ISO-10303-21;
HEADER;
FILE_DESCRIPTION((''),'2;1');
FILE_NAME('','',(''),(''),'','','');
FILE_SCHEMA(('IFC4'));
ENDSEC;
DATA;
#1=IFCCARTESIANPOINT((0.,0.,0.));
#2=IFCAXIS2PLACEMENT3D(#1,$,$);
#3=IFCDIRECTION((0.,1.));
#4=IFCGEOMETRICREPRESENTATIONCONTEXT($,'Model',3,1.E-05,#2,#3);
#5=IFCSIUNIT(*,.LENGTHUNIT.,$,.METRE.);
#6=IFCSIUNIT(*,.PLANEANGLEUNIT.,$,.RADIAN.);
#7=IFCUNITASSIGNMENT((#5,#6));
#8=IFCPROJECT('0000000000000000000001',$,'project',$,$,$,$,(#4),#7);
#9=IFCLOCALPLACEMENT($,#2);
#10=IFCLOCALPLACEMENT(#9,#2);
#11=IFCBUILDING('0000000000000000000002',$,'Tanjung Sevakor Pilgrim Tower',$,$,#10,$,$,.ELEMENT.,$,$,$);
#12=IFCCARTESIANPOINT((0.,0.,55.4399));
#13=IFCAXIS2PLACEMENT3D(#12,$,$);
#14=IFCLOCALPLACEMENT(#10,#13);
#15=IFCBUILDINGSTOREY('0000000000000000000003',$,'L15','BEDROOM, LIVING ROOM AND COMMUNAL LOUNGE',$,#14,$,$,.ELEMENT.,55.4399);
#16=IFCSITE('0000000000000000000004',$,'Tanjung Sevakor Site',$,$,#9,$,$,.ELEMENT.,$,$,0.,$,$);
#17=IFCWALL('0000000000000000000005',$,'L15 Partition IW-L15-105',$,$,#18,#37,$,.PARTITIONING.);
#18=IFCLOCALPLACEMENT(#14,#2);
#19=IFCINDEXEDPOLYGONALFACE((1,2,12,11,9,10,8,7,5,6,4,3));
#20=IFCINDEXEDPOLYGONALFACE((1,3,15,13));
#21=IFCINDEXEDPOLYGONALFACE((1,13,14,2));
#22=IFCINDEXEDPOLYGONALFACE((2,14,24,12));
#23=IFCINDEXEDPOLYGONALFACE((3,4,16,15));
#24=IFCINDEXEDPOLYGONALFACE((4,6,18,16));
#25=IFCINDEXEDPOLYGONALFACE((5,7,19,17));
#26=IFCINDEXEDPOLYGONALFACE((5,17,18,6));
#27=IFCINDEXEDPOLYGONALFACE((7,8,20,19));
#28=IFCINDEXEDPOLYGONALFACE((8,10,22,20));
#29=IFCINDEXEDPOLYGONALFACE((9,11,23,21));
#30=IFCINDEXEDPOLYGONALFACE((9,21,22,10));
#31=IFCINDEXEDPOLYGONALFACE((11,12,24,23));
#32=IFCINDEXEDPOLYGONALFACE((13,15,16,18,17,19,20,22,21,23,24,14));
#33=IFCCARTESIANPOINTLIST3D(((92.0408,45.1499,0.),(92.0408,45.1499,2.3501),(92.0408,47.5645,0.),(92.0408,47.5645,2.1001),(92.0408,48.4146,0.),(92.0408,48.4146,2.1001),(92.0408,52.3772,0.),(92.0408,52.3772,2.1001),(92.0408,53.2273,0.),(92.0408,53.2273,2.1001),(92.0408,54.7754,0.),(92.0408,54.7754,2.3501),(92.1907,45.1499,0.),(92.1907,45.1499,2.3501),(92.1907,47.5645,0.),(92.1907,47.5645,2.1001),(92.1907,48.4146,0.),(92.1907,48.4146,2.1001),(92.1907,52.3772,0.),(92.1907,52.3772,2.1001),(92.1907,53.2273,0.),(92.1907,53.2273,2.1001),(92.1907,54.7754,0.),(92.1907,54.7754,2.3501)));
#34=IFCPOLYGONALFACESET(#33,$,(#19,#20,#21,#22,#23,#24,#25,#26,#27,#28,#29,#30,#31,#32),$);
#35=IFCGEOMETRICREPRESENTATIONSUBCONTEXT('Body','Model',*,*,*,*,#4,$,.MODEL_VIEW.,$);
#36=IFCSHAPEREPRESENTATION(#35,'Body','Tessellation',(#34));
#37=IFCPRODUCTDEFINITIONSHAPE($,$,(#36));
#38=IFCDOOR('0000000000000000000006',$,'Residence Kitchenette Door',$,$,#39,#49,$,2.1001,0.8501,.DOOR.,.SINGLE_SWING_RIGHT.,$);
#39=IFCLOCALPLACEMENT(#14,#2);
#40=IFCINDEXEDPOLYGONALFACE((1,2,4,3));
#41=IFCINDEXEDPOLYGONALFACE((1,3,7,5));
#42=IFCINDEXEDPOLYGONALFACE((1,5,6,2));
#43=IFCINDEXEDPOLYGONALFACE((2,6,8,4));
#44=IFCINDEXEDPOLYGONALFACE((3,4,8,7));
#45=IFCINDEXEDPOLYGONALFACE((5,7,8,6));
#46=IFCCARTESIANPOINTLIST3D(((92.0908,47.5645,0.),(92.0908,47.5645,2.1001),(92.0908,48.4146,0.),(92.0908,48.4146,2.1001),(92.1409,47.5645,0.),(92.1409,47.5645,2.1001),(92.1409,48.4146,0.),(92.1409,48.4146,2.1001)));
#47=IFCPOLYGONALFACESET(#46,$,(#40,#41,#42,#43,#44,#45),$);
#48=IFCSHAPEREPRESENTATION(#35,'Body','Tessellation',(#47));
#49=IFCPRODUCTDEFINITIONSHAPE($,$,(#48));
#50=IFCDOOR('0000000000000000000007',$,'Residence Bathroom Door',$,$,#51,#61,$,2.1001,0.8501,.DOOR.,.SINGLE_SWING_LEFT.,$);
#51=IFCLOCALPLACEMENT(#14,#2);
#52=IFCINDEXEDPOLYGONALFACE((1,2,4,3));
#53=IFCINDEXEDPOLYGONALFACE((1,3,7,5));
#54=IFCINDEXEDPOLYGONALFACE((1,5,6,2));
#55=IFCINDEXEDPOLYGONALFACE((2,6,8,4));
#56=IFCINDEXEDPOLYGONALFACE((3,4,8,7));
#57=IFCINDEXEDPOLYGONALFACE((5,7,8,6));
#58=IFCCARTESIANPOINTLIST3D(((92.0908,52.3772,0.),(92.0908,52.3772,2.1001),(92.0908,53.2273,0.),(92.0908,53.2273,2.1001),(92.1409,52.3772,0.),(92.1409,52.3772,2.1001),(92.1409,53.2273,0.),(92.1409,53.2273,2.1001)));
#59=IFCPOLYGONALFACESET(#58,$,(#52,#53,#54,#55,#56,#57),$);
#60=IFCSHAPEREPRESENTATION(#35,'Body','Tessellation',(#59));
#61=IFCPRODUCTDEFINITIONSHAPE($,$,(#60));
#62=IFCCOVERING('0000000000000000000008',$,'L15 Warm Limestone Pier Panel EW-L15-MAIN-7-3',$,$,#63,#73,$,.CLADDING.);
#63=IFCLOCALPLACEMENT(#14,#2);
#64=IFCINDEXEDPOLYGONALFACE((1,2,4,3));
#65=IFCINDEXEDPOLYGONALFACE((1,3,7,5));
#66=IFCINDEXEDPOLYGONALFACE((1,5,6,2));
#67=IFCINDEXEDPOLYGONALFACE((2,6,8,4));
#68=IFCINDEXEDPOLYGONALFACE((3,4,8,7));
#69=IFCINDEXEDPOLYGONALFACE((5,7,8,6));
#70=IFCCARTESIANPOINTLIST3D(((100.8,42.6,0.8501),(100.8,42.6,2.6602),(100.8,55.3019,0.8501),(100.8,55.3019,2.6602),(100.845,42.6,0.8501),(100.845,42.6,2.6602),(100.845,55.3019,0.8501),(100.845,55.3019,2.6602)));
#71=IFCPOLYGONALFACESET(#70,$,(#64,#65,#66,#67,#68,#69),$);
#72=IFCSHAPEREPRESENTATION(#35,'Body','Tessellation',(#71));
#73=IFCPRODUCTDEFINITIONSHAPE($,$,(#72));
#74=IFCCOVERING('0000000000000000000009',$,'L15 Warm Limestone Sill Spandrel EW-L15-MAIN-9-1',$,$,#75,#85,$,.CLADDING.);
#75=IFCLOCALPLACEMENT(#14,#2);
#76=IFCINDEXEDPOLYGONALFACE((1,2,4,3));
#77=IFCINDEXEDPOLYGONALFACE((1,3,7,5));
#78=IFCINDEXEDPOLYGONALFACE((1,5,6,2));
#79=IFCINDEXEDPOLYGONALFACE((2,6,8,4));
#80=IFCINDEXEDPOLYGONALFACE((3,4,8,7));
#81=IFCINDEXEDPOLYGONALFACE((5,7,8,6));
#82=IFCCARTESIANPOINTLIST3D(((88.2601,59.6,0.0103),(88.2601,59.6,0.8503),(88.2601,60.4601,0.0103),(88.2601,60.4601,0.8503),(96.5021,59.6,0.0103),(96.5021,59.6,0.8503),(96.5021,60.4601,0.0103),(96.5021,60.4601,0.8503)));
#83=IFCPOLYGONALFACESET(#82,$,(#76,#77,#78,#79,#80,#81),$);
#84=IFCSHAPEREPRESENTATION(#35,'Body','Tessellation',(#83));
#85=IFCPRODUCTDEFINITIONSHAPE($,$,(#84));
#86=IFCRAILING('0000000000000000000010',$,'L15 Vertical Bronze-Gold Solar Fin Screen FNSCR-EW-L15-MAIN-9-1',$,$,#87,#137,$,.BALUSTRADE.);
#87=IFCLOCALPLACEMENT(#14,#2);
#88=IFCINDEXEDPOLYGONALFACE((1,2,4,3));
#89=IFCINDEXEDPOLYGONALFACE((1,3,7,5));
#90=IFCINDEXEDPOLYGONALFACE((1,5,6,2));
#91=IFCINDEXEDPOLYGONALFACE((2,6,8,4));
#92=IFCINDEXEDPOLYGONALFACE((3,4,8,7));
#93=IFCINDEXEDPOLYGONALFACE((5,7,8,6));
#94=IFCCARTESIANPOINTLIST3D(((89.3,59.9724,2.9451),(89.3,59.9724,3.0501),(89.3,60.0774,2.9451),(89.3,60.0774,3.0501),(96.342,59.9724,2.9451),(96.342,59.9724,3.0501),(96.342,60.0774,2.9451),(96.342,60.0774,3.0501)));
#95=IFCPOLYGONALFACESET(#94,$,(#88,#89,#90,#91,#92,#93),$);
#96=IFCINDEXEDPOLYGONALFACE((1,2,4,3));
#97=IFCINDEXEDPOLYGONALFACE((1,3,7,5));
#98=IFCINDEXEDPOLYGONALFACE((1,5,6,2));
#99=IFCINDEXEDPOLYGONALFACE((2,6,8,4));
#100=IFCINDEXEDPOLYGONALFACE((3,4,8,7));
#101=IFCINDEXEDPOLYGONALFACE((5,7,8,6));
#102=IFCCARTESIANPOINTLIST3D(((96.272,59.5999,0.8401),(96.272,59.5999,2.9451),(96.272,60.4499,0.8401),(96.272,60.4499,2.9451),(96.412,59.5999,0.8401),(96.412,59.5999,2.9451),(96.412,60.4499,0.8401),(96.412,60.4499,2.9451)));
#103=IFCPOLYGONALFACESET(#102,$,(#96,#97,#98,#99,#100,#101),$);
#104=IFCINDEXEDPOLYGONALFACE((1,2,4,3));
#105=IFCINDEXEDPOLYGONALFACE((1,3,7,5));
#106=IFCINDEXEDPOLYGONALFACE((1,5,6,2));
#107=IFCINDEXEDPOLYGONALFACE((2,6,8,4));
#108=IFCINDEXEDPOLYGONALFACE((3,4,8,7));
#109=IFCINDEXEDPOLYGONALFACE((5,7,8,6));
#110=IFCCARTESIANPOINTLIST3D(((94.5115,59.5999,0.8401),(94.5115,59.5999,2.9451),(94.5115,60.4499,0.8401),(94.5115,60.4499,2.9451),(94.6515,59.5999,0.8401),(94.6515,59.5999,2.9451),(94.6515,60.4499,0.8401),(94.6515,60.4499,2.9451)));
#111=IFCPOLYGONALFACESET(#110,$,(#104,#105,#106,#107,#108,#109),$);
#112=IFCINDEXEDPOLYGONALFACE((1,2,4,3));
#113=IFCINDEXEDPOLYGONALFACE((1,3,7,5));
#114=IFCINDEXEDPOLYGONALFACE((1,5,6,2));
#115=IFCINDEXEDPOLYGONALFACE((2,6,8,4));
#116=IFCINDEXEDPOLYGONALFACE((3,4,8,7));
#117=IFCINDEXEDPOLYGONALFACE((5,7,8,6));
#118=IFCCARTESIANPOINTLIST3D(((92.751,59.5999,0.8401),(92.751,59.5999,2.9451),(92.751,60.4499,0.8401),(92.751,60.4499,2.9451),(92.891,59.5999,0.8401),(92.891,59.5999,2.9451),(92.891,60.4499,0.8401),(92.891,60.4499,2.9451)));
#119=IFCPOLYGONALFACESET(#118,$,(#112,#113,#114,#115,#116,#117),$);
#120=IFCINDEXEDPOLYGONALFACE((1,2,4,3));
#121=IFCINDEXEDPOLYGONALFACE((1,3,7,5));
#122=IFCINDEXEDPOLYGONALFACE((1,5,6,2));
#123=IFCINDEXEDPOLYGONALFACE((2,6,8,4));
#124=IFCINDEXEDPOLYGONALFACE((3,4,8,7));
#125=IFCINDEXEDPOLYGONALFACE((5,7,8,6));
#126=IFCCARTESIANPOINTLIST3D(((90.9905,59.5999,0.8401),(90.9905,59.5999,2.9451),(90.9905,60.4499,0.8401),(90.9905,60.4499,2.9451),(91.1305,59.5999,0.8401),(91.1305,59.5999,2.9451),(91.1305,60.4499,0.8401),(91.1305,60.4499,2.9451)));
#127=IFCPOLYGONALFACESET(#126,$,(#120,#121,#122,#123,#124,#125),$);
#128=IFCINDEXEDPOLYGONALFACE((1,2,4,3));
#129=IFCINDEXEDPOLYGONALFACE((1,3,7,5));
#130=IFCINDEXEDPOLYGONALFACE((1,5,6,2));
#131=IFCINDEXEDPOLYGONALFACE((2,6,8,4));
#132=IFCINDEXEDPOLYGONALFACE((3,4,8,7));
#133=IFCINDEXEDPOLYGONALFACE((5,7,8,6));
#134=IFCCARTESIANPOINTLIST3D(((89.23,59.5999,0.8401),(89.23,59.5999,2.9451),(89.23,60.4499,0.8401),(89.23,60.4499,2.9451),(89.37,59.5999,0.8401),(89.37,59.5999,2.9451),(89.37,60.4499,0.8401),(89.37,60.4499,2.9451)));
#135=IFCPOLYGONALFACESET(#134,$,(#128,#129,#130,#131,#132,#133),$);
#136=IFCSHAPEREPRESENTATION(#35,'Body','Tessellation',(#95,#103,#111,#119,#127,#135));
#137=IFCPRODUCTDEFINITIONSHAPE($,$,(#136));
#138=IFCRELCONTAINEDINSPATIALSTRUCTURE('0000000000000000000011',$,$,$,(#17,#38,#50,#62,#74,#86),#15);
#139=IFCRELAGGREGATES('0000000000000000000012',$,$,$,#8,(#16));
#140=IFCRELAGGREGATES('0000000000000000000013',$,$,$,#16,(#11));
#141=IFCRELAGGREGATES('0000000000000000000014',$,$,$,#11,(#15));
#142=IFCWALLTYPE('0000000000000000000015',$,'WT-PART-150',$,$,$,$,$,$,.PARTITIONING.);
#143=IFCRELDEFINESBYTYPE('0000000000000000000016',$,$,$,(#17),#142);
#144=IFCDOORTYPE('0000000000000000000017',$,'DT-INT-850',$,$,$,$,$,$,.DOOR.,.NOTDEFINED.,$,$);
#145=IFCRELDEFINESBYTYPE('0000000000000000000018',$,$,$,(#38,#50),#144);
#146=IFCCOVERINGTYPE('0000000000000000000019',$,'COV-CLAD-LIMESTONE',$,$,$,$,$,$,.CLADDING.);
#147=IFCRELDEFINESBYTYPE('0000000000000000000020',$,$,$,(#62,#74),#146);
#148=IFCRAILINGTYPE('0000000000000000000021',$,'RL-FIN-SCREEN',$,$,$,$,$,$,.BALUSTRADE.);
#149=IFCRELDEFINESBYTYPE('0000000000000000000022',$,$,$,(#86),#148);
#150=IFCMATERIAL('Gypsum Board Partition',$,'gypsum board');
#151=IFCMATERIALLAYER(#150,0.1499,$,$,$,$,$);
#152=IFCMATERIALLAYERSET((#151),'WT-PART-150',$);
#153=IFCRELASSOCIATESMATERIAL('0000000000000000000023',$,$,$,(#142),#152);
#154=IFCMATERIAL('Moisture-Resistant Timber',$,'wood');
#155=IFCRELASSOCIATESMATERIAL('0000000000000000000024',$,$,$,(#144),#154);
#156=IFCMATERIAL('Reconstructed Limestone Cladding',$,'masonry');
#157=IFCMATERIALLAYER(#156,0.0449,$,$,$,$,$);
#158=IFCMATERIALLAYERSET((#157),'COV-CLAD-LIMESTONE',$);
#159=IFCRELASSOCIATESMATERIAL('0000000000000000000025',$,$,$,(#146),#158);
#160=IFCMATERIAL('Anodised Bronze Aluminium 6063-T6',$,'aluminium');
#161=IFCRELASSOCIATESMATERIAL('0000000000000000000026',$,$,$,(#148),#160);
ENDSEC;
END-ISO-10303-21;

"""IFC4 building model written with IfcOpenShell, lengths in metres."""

from ifc_helpers import new_model, si_unit, direction, frame, frame_2d, origin, origin_2d, place, context, subcontext, project, spatial, rectangle, extrude, material, layer, layer_set, type_object, element, fill, save


model = new_model("IFC4")

# Units and contexts
model_context = context("Model", 3, precision=1e-05, world=origin(), true_north=direction((0.0, 1.0)))
body_context = subcontext(model_context, "Body", "Model", "MODEL_VIEW")
ifc_project = project(units=[si_unit("LENGTHUNIT", "METRE"), si_unit("PLANEANGLEUNIT", "RADIAN")], contexts=[model_context])

# Site, building, storey
site_placement = place(None, origin())
site = spatial("IfcSite", under=ifc_project, at=site_placement, Name="Tanjung Sevakor Site", CompositionType="ELEMENT", RefElevation=0.0)
building_placement = place(site_placement, origin())
building = spatial("IfcBuilding", under=site, at=building_placement, Name="Tanjung Sevakor Pilgrim Tower", CompositionType="ELEMENT")
storey_placement = place(building_placement, frame((0.0, 0.0, 55.4399)))
storey = spatial("IfcBuildingStorey", under=building, at=storey_placement, Name="L15", Description="BEDROOM, LIVING ROOM AND COMMUNAL LOUNGE", CompositionType="ELEMENT", Elevation=55.4399)

# Wall, openings, doors
ifc_material_1 = material(Name="Gypsum Board Partition", Category="gypsum board")
ifc_layer_1 = layer(ifc_material_1, 0.1499)
ifc_layer_set_1 = layer_set([ifc_layer_1], Name="WT-PART-150")
wall_type_1 = type_object("IfcWallType", Name="WT-PART-150", PredefinedType="PARTITIONING", material=ifc_layer_set_1)
wall_1_placement = place(storey_placement, frame((92.1157, 45.1499, 0.0), z_axis=(0.0, 0.0, 1.0), x_axis=(0.0, 1.0, 0.0)))
wall_1 = element("IfcWall", 1, at=wall_1_placement, inside=storey, type_object=wall_type_1, Name="L15 Partition IW-L15-105", PredefinedType="PARTITIONING", context=body_context, shape_type="SweptSolid", body=[
    extrude(rectangle(XDim=9.6255, YDim=0.1499, at=frame_2d((4.8127, 0.0))), origin(), (0.0, 0.0, 1.0), 2.3501),
])
opening_1_placement = place(wall_1_placement, frame((2.4146, 0.0, 0.0)))
opening_1 = element("IfcOpeningElement", 2, at=opening_1_placement, cuts=wall_1, PredefinedType="OPENING", context=body_context, shape_type="SweptSolid", body=[
    extrude(rectangle(XDim=0.8501, YDim=2.1001, at=frame_2d((0.425, 1.05))), frame((0.0, 0.085, 0.0), z_axis=(0.0, -1.0, 0.0), x_axis=(1.0, 0.0, 0.0)), (0.0, 0.0, 1.0), 0.1699),
])
opening_2_placement = place(wall_1_placement, frame((7.2273, 0.0, 0.0)))
opening_2 = element("IfcOpeningElement", 3, at=opening_2_placement, cuts=wall_1, PredefinedType="OPENING", context=body_context, shape_type="SweptSolid", body=[
    extrude(rectangle(XDim=0.8501, YDim=2.1001, at=frame_2d((0.425, 1.05))), frame((0.0, 0.085, 0.0), z_axis=(0.0, -1.0, 0.0), x_axis=(1.0, 0.0, 0.0)), (0.0, 0.0, 1.0), 0.1699),
])
ifc_material_2 = material(Name="Moisture-Resistant Timber", Category="wood")
door_type_1 = type_object("IfcDoorType", Name="DT-INT-850", OperationType="NOTDEFINED", PredefinedType="DOOR", material=ifc_material_2)
door_1_placement = place(opening_1_placement, origin())
door_1 = element("IfcDoor", 4, at=door_1_placement, inside=storey, type_object=door_type_1, Name="Residence Kitchenette Door", OperationType="SINGLE_SWING_RIGHT", OverallHeight=2.1001, OverallWidth=0.8501, PredefinedType="DOOR", context=body_context, shape_type="SweptSolid", body=[
    extrude(rectangle(XDim=0.8501, YDim=2.1001, at=frame_2d((0.425, 1.05))), frame((0.0, 0.0249, 0.0), z_axis=(0.0, -1.0, 0.0), x_axis=(1.0, 0.0, 0.0)), (0.0, 0.0, 1.0), 0.05),
])
fill(opening_1, door_1)
door_2_placement = place(opening_2_placement, origin())
door_2 = element("IfcDoor", 5, at=door_2_placement, inside=storey, type_object=door_type_1, Name="Residence Bathroom Door", OperationType="SINGLE_SWING_LEFT", OverallHeight=2.1001, OverallWidth=0.8501, PredefinedType="DOOR", context=body_context, shape_type="SweptSolid", body=[
    extrude(rectangle(XDim=0.8501, YDim=2.1001, at=frame_2d((0.425, 1.05))), frame((0.0, 0.0249, 0.0), z_axis=(0.0, -1.0, 0.0), x_axis=(1.0, 0.0, 0.0)), (0.0, 0.0, 1.0), 0.05),
])
fill(opening_2, door_2)

# Coverings
ifc_material_3 = material(Name="Reconstructed Limestone Cladding", Category="masonry")
ifc_layer_2 = layer(ifc_material_3, 0.0449)
ifc_layer_set_2 = layer_set([ifc_layer_2], Name="COV-CLAD-LIMESTONE")
covering_type = type_object("IfcCoveringType", Name="COV-CLAD-LIMESTONE", PredefinedType="CLADDING", material=ifc_layer_set_2)
covering_1_placement = place(storey_placement, frame((100.8225, 48.9509, 0.8501), z_axis=(0.0, 0.0, 1.0), x_axis=(0.0, 1.0, 0.0)))
element("IfcCovering", 6, at=covering_1_placement, inside=storey, type_object=covering_type, Name="L15 Warm Limestone Pier Panel EW-L15-MAIN-7-3", PredefinedType="CLADDING", context=body_context, shape_type="SweptSolid", body=[
    extrude(rectangle(XDim=12.7019, YDim=0.0449, at=origin_2d()), origin(), (0.0, 0.0, 1.0), 1.8101),
])
covering_2_placement = place(storey_placement, frame((92.3811, 60.03, 0.0103), z_axis=(0.0, 0.0, 1.0), x_axis=(-1.0, 0.0, 0.0)))
element("IfcCovering", 7, at=covering_2_placement, inside=storey, type_object=covering_type, Name="L15 Warm Limestone Sill Spandrel EW-L15-MAIN-9-1", PredefinedType="CLADDING", context=body_context, shape_type="SweptSolid", body=[
    extrude(rectangle(XDim=8.2419, YDim=0.8601, at=origin_2d()), origin(), (0.0, 0.0, 1.0), 0.8401),
])

# Railing
ifc_material_4 = material(Name="Anodised Bronze Aluminium 6063-T6", Category="aluminium")
railing_type = type_object("IfcRailingType", Name="RL-FIN-SCREEN", PredefinedType="BALUSTRADE", material=ifc_material_4)
railing_placement = place(storey_placement, frame((96.342, 60.0249, 0.8401)))
element("IfcRailing", 8, at=railing_placement, inside=storey, type_object=railing_type, Name="L15 Vertical Bronze-Gold Solar Fin Screen FNSCR-EW-L15-MAIN-9-1", PredefinedType="BALUSTRADE", context=body_context, shape_type="SweptSolid", body=[
    extrude(rectangle(XDim=0.105, YDim=0.105), frame((0.0, 0.0, 2.1575), z_axis=(-1.0, 0.0, 0.0), x_axis=(0.0, -1.0, 0.0)), (0.0, 0.0, 1.0), 7.042),
    extrude(rectangle(XDim=0.14, YDim=0.85), origin(), (0.0, 0.0, 1.0), 2.105),
    extrude(rectangle(XDim=0.14, YDim=0.85), frame((-1.7605, 0.0, 0.0)), (0.0, 0.0, 1.0), 2.105),
    extrude(rectangle(XDim=0.14, YDim=0.85), frame((-3.521, 0.0, 0.0)), (0.0, 0.0, 1.0), 2.105),
    extrude(rectangle(XDim=0.14, YDim=0.85), frame((-5.2815, 0.0, 0.0)), (0.0, 0.0, 1.0), 2.105),
    extrude(rectangle(XDim=0.14, YDim=0.85), frame((-7.042, 0.0, 0.0)), (0.0, 0.0, 1.0), 2.105),
])

save(model, "model.ifc")
